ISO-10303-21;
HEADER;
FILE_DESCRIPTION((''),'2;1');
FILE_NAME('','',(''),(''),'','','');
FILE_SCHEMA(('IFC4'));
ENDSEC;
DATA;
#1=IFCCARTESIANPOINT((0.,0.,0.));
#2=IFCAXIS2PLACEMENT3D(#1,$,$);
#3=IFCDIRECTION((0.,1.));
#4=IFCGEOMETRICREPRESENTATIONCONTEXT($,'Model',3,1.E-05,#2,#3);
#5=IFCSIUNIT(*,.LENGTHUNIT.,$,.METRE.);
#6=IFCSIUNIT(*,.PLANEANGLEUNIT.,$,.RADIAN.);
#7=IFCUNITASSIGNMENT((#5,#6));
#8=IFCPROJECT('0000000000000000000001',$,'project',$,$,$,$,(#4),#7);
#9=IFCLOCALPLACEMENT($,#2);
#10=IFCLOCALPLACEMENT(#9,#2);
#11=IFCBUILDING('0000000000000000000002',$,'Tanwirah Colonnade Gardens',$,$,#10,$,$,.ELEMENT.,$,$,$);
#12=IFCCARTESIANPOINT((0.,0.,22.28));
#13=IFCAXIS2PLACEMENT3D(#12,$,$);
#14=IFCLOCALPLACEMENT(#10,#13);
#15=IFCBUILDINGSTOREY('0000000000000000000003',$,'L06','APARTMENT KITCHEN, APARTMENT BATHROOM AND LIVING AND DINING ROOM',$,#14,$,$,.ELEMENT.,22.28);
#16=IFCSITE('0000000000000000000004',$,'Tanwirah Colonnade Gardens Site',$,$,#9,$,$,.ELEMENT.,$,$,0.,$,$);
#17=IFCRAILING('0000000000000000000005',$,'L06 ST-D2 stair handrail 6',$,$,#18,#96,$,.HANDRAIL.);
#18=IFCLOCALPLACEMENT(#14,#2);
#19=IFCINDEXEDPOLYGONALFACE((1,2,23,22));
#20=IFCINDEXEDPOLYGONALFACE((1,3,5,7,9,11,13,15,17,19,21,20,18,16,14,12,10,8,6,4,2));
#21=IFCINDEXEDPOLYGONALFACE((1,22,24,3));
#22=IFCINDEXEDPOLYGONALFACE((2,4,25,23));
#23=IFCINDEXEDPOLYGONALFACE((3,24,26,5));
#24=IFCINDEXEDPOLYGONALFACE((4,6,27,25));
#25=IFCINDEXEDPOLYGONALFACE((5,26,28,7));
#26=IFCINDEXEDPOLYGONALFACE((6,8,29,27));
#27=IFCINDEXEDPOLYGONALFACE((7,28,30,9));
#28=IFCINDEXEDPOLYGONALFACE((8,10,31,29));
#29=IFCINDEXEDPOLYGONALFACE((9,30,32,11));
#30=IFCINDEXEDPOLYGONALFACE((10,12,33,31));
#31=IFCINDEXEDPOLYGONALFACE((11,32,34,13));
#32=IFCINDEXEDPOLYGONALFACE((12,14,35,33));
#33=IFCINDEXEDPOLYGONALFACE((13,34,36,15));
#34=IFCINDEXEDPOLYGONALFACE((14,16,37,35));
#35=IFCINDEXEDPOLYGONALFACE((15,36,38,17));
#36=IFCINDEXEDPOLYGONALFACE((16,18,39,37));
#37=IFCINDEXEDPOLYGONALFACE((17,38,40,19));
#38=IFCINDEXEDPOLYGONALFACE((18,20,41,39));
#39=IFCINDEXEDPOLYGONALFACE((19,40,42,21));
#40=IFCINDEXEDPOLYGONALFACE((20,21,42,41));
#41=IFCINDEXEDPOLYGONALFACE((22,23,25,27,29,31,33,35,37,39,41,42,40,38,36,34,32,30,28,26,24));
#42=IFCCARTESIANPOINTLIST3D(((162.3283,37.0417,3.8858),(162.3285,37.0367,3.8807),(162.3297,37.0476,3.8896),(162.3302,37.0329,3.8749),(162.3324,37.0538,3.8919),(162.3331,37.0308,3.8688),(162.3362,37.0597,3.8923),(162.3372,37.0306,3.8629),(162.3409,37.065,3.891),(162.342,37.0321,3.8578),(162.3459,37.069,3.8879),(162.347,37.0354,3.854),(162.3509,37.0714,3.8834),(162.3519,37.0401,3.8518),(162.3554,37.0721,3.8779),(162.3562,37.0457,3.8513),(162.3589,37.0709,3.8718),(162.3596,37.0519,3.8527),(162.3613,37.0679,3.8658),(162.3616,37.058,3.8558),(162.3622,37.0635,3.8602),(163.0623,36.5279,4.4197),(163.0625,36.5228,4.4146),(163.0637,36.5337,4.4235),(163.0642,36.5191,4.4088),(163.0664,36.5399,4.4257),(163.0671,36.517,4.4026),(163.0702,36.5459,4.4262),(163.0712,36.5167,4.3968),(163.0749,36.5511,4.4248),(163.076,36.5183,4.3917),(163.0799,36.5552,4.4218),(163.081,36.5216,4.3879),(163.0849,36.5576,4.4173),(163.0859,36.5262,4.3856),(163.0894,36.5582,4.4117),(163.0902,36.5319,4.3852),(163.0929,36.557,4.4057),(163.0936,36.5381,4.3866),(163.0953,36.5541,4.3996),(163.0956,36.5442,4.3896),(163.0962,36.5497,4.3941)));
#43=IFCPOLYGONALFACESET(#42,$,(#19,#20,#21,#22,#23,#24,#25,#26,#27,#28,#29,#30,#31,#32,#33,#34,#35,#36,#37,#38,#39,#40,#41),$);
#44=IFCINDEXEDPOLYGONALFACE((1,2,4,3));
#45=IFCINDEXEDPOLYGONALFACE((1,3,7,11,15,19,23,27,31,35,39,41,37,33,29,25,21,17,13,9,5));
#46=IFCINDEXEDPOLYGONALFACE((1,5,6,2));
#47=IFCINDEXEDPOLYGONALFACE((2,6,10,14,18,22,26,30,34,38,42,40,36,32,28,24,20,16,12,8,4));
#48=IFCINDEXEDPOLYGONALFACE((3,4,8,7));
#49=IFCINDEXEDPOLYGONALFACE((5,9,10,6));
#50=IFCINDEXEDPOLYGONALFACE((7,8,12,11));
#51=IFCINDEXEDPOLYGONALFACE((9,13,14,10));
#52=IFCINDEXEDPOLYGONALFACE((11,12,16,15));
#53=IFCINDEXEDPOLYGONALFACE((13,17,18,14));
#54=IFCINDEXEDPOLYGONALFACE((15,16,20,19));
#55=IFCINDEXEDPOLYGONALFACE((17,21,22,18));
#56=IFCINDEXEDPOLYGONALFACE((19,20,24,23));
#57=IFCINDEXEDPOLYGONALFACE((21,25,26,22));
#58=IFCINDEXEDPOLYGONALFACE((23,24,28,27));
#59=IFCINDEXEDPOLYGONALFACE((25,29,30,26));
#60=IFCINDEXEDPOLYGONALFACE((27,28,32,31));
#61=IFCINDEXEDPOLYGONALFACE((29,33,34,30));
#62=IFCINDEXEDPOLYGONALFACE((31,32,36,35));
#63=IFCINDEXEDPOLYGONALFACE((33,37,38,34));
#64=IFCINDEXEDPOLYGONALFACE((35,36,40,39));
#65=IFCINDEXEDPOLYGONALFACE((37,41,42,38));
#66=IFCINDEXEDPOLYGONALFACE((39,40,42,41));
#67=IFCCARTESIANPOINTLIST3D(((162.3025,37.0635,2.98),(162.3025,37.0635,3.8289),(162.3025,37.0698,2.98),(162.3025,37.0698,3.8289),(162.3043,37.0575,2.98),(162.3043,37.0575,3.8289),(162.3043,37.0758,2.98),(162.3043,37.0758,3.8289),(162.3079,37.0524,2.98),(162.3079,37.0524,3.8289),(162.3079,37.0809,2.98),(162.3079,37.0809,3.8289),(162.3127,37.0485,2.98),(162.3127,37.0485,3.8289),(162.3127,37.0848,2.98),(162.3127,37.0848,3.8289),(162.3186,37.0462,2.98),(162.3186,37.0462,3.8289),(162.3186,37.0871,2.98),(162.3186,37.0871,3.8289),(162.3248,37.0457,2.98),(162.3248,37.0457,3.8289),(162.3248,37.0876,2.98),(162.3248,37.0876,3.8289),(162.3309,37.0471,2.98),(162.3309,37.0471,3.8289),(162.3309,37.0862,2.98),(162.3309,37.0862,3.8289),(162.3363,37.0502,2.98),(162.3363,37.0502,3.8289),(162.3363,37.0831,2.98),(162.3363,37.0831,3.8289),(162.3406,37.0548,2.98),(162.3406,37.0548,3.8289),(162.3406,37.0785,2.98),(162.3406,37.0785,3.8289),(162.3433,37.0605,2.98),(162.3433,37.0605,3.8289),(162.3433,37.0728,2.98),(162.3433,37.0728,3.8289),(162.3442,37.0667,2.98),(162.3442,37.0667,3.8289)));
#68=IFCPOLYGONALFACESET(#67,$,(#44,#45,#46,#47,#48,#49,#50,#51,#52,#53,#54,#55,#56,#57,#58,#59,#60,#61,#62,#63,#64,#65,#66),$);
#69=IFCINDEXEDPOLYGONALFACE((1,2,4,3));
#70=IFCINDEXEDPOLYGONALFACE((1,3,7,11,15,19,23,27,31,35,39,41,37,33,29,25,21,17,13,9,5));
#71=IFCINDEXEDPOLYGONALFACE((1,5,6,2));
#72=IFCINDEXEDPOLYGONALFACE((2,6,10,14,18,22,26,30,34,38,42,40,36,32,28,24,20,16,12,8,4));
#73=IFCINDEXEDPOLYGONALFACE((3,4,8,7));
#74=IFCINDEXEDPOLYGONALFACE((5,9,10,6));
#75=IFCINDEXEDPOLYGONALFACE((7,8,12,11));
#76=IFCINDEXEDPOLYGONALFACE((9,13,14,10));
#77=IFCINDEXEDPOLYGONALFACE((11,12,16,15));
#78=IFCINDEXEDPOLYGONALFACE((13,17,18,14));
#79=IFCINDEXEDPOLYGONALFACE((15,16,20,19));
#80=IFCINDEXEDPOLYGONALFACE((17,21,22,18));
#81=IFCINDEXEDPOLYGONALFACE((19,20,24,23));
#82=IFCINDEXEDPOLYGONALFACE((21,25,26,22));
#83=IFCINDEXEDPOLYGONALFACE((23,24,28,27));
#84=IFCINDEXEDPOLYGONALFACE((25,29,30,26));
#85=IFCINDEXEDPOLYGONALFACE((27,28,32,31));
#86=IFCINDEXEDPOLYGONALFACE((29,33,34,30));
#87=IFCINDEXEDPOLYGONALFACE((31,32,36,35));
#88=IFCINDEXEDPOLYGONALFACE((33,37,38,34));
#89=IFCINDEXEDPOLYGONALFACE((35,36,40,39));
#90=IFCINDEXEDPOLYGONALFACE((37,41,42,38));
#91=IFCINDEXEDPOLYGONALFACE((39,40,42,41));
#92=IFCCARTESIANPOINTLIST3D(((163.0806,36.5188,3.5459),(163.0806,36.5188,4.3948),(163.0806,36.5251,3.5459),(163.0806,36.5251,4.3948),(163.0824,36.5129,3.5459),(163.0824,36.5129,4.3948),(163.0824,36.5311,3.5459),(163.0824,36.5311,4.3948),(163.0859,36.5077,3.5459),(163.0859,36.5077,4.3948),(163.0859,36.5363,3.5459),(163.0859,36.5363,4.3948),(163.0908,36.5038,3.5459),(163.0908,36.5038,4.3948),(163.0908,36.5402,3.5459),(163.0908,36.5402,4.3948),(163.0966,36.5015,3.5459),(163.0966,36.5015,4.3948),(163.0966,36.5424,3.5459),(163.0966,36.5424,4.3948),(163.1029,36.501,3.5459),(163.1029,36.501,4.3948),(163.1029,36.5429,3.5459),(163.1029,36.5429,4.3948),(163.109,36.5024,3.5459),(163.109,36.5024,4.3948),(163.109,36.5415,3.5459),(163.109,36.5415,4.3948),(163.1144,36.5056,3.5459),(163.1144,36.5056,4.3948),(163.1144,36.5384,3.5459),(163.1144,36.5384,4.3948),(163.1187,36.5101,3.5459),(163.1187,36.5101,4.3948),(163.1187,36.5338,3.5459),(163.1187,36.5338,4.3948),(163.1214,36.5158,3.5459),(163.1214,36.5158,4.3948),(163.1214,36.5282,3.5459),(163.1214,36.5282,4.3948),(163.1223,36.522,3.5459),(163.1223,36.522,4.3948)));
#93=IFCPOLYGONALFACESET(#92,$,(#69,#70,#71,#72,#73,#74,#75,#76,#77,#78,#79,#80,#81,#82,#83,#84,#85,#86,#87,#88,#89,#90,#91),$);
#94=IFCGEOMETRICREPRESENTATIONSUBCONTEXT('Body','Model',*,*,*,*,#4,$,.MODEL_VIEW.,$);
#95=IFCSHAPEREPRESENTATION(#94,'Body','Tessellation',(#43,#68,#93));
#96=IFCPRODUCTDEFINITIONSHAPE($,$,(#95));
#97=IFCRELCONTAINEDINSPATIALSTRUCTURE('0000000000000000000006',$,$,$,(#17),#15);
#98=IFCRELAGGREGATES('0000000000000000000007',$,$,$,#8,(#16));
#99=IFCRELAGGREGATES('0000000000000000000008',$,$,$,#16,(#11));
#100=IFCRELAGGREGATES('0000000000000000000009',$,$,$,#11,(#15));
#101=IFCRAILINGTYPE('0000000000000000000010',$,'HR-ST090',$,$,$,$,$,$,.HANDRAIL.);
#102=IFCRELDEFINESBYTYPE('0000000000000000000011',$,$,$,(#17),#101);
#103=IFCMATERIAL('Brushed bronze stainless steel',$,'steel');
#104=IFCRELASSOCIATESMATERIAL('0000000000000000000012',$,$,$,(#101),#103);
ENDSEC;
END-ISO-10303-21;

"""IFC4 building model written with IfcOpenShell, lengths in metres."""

from ifc_helpers import new_model, si_unit, direction, frame, origin, origin_2d, place, context, subcontext, project, spatial, circle, extrude, material, type_object, element, save


model = new_model("IFC4")

# Units and contexts
model_context = context("Model", 3, precision=1e-05, world=origin(), true_north=direction((0.0, 1.0)))
body_context = subcontext(model_context, "Body", "Model", "MODEL_VIEW")
ifc_project = project(units=[si_unit("LENGTHUNIT", "METRE"), si_unit("PLANEANGLEUNIT", "RADIAN")], contexts=[model_context])

# Site, building, storey
site_placement = place(None, origin())
site = spatial("IfcSite", under=ifc_project, at=site_placement, Name="Tanwirah Colonnade Gardens Site", CompositionType="ELEMENT", RefElevation=0.0)
building_placement = place(site_placement, origin())
building = spatial("IfcBuilding", under=site, at=building_placement, Name="Tanwirah Colonnade Gardens", CompositionType="ELEMENT")
storey_placement = place(building_placement, frame((0.0, 0.0, 22.28)))
storey = spatial("IfcBuildingStorey", under=building, at=storey_placement, Name="L06", Description="APARTMENT KITCHEN, APARTMENT BATHROOM AND LIVING AND DINING ROOM", CompositionType="ELEMENT", Elevation=22.28)

# Railing
ifc_material_1 = material(Name="Brushed bronze stainless steel", Category="steel")
railing_type_1 = type_object("IfcRailingType", Name="HR-ST090", PredefinedType="HANDRAIL", material=ifc_material_1)
railing_1_placement = place(storey_placement, frame((162.3232, 37.0667, 2.98)))
element("IfcRailing", 1, at=railing_1_placement, inside=storey, type_object=railing_type_1, Name="L06 ST-D2 stair handrail 6", PredefinedType="HANDRAIL", context=body_context, shape_type="SweptSolid", body=[
    extrude(circle(Radius=0.0239, at=origin_2d()), frame((0.022, -0.0154, 0.8918), z_axis=(0.703763, -0.492656, 0.511868), x_axis=(0.57348, 0.81922, 0.0)), (0.0, 0.0, 1.0), 1.043),
    extrude(circle(Radius=0.021, at=origin_2d()), origin(), (0.0, 0.0, 1.0), 0.8489),
    extrude(circle(Radius=0.021, at=origin_2d()), frame((0.7781, -0.5447, 0.5659)), (0.0, 0.0, 1.0), 0.8489),
])

save(model, "model.ifc")
